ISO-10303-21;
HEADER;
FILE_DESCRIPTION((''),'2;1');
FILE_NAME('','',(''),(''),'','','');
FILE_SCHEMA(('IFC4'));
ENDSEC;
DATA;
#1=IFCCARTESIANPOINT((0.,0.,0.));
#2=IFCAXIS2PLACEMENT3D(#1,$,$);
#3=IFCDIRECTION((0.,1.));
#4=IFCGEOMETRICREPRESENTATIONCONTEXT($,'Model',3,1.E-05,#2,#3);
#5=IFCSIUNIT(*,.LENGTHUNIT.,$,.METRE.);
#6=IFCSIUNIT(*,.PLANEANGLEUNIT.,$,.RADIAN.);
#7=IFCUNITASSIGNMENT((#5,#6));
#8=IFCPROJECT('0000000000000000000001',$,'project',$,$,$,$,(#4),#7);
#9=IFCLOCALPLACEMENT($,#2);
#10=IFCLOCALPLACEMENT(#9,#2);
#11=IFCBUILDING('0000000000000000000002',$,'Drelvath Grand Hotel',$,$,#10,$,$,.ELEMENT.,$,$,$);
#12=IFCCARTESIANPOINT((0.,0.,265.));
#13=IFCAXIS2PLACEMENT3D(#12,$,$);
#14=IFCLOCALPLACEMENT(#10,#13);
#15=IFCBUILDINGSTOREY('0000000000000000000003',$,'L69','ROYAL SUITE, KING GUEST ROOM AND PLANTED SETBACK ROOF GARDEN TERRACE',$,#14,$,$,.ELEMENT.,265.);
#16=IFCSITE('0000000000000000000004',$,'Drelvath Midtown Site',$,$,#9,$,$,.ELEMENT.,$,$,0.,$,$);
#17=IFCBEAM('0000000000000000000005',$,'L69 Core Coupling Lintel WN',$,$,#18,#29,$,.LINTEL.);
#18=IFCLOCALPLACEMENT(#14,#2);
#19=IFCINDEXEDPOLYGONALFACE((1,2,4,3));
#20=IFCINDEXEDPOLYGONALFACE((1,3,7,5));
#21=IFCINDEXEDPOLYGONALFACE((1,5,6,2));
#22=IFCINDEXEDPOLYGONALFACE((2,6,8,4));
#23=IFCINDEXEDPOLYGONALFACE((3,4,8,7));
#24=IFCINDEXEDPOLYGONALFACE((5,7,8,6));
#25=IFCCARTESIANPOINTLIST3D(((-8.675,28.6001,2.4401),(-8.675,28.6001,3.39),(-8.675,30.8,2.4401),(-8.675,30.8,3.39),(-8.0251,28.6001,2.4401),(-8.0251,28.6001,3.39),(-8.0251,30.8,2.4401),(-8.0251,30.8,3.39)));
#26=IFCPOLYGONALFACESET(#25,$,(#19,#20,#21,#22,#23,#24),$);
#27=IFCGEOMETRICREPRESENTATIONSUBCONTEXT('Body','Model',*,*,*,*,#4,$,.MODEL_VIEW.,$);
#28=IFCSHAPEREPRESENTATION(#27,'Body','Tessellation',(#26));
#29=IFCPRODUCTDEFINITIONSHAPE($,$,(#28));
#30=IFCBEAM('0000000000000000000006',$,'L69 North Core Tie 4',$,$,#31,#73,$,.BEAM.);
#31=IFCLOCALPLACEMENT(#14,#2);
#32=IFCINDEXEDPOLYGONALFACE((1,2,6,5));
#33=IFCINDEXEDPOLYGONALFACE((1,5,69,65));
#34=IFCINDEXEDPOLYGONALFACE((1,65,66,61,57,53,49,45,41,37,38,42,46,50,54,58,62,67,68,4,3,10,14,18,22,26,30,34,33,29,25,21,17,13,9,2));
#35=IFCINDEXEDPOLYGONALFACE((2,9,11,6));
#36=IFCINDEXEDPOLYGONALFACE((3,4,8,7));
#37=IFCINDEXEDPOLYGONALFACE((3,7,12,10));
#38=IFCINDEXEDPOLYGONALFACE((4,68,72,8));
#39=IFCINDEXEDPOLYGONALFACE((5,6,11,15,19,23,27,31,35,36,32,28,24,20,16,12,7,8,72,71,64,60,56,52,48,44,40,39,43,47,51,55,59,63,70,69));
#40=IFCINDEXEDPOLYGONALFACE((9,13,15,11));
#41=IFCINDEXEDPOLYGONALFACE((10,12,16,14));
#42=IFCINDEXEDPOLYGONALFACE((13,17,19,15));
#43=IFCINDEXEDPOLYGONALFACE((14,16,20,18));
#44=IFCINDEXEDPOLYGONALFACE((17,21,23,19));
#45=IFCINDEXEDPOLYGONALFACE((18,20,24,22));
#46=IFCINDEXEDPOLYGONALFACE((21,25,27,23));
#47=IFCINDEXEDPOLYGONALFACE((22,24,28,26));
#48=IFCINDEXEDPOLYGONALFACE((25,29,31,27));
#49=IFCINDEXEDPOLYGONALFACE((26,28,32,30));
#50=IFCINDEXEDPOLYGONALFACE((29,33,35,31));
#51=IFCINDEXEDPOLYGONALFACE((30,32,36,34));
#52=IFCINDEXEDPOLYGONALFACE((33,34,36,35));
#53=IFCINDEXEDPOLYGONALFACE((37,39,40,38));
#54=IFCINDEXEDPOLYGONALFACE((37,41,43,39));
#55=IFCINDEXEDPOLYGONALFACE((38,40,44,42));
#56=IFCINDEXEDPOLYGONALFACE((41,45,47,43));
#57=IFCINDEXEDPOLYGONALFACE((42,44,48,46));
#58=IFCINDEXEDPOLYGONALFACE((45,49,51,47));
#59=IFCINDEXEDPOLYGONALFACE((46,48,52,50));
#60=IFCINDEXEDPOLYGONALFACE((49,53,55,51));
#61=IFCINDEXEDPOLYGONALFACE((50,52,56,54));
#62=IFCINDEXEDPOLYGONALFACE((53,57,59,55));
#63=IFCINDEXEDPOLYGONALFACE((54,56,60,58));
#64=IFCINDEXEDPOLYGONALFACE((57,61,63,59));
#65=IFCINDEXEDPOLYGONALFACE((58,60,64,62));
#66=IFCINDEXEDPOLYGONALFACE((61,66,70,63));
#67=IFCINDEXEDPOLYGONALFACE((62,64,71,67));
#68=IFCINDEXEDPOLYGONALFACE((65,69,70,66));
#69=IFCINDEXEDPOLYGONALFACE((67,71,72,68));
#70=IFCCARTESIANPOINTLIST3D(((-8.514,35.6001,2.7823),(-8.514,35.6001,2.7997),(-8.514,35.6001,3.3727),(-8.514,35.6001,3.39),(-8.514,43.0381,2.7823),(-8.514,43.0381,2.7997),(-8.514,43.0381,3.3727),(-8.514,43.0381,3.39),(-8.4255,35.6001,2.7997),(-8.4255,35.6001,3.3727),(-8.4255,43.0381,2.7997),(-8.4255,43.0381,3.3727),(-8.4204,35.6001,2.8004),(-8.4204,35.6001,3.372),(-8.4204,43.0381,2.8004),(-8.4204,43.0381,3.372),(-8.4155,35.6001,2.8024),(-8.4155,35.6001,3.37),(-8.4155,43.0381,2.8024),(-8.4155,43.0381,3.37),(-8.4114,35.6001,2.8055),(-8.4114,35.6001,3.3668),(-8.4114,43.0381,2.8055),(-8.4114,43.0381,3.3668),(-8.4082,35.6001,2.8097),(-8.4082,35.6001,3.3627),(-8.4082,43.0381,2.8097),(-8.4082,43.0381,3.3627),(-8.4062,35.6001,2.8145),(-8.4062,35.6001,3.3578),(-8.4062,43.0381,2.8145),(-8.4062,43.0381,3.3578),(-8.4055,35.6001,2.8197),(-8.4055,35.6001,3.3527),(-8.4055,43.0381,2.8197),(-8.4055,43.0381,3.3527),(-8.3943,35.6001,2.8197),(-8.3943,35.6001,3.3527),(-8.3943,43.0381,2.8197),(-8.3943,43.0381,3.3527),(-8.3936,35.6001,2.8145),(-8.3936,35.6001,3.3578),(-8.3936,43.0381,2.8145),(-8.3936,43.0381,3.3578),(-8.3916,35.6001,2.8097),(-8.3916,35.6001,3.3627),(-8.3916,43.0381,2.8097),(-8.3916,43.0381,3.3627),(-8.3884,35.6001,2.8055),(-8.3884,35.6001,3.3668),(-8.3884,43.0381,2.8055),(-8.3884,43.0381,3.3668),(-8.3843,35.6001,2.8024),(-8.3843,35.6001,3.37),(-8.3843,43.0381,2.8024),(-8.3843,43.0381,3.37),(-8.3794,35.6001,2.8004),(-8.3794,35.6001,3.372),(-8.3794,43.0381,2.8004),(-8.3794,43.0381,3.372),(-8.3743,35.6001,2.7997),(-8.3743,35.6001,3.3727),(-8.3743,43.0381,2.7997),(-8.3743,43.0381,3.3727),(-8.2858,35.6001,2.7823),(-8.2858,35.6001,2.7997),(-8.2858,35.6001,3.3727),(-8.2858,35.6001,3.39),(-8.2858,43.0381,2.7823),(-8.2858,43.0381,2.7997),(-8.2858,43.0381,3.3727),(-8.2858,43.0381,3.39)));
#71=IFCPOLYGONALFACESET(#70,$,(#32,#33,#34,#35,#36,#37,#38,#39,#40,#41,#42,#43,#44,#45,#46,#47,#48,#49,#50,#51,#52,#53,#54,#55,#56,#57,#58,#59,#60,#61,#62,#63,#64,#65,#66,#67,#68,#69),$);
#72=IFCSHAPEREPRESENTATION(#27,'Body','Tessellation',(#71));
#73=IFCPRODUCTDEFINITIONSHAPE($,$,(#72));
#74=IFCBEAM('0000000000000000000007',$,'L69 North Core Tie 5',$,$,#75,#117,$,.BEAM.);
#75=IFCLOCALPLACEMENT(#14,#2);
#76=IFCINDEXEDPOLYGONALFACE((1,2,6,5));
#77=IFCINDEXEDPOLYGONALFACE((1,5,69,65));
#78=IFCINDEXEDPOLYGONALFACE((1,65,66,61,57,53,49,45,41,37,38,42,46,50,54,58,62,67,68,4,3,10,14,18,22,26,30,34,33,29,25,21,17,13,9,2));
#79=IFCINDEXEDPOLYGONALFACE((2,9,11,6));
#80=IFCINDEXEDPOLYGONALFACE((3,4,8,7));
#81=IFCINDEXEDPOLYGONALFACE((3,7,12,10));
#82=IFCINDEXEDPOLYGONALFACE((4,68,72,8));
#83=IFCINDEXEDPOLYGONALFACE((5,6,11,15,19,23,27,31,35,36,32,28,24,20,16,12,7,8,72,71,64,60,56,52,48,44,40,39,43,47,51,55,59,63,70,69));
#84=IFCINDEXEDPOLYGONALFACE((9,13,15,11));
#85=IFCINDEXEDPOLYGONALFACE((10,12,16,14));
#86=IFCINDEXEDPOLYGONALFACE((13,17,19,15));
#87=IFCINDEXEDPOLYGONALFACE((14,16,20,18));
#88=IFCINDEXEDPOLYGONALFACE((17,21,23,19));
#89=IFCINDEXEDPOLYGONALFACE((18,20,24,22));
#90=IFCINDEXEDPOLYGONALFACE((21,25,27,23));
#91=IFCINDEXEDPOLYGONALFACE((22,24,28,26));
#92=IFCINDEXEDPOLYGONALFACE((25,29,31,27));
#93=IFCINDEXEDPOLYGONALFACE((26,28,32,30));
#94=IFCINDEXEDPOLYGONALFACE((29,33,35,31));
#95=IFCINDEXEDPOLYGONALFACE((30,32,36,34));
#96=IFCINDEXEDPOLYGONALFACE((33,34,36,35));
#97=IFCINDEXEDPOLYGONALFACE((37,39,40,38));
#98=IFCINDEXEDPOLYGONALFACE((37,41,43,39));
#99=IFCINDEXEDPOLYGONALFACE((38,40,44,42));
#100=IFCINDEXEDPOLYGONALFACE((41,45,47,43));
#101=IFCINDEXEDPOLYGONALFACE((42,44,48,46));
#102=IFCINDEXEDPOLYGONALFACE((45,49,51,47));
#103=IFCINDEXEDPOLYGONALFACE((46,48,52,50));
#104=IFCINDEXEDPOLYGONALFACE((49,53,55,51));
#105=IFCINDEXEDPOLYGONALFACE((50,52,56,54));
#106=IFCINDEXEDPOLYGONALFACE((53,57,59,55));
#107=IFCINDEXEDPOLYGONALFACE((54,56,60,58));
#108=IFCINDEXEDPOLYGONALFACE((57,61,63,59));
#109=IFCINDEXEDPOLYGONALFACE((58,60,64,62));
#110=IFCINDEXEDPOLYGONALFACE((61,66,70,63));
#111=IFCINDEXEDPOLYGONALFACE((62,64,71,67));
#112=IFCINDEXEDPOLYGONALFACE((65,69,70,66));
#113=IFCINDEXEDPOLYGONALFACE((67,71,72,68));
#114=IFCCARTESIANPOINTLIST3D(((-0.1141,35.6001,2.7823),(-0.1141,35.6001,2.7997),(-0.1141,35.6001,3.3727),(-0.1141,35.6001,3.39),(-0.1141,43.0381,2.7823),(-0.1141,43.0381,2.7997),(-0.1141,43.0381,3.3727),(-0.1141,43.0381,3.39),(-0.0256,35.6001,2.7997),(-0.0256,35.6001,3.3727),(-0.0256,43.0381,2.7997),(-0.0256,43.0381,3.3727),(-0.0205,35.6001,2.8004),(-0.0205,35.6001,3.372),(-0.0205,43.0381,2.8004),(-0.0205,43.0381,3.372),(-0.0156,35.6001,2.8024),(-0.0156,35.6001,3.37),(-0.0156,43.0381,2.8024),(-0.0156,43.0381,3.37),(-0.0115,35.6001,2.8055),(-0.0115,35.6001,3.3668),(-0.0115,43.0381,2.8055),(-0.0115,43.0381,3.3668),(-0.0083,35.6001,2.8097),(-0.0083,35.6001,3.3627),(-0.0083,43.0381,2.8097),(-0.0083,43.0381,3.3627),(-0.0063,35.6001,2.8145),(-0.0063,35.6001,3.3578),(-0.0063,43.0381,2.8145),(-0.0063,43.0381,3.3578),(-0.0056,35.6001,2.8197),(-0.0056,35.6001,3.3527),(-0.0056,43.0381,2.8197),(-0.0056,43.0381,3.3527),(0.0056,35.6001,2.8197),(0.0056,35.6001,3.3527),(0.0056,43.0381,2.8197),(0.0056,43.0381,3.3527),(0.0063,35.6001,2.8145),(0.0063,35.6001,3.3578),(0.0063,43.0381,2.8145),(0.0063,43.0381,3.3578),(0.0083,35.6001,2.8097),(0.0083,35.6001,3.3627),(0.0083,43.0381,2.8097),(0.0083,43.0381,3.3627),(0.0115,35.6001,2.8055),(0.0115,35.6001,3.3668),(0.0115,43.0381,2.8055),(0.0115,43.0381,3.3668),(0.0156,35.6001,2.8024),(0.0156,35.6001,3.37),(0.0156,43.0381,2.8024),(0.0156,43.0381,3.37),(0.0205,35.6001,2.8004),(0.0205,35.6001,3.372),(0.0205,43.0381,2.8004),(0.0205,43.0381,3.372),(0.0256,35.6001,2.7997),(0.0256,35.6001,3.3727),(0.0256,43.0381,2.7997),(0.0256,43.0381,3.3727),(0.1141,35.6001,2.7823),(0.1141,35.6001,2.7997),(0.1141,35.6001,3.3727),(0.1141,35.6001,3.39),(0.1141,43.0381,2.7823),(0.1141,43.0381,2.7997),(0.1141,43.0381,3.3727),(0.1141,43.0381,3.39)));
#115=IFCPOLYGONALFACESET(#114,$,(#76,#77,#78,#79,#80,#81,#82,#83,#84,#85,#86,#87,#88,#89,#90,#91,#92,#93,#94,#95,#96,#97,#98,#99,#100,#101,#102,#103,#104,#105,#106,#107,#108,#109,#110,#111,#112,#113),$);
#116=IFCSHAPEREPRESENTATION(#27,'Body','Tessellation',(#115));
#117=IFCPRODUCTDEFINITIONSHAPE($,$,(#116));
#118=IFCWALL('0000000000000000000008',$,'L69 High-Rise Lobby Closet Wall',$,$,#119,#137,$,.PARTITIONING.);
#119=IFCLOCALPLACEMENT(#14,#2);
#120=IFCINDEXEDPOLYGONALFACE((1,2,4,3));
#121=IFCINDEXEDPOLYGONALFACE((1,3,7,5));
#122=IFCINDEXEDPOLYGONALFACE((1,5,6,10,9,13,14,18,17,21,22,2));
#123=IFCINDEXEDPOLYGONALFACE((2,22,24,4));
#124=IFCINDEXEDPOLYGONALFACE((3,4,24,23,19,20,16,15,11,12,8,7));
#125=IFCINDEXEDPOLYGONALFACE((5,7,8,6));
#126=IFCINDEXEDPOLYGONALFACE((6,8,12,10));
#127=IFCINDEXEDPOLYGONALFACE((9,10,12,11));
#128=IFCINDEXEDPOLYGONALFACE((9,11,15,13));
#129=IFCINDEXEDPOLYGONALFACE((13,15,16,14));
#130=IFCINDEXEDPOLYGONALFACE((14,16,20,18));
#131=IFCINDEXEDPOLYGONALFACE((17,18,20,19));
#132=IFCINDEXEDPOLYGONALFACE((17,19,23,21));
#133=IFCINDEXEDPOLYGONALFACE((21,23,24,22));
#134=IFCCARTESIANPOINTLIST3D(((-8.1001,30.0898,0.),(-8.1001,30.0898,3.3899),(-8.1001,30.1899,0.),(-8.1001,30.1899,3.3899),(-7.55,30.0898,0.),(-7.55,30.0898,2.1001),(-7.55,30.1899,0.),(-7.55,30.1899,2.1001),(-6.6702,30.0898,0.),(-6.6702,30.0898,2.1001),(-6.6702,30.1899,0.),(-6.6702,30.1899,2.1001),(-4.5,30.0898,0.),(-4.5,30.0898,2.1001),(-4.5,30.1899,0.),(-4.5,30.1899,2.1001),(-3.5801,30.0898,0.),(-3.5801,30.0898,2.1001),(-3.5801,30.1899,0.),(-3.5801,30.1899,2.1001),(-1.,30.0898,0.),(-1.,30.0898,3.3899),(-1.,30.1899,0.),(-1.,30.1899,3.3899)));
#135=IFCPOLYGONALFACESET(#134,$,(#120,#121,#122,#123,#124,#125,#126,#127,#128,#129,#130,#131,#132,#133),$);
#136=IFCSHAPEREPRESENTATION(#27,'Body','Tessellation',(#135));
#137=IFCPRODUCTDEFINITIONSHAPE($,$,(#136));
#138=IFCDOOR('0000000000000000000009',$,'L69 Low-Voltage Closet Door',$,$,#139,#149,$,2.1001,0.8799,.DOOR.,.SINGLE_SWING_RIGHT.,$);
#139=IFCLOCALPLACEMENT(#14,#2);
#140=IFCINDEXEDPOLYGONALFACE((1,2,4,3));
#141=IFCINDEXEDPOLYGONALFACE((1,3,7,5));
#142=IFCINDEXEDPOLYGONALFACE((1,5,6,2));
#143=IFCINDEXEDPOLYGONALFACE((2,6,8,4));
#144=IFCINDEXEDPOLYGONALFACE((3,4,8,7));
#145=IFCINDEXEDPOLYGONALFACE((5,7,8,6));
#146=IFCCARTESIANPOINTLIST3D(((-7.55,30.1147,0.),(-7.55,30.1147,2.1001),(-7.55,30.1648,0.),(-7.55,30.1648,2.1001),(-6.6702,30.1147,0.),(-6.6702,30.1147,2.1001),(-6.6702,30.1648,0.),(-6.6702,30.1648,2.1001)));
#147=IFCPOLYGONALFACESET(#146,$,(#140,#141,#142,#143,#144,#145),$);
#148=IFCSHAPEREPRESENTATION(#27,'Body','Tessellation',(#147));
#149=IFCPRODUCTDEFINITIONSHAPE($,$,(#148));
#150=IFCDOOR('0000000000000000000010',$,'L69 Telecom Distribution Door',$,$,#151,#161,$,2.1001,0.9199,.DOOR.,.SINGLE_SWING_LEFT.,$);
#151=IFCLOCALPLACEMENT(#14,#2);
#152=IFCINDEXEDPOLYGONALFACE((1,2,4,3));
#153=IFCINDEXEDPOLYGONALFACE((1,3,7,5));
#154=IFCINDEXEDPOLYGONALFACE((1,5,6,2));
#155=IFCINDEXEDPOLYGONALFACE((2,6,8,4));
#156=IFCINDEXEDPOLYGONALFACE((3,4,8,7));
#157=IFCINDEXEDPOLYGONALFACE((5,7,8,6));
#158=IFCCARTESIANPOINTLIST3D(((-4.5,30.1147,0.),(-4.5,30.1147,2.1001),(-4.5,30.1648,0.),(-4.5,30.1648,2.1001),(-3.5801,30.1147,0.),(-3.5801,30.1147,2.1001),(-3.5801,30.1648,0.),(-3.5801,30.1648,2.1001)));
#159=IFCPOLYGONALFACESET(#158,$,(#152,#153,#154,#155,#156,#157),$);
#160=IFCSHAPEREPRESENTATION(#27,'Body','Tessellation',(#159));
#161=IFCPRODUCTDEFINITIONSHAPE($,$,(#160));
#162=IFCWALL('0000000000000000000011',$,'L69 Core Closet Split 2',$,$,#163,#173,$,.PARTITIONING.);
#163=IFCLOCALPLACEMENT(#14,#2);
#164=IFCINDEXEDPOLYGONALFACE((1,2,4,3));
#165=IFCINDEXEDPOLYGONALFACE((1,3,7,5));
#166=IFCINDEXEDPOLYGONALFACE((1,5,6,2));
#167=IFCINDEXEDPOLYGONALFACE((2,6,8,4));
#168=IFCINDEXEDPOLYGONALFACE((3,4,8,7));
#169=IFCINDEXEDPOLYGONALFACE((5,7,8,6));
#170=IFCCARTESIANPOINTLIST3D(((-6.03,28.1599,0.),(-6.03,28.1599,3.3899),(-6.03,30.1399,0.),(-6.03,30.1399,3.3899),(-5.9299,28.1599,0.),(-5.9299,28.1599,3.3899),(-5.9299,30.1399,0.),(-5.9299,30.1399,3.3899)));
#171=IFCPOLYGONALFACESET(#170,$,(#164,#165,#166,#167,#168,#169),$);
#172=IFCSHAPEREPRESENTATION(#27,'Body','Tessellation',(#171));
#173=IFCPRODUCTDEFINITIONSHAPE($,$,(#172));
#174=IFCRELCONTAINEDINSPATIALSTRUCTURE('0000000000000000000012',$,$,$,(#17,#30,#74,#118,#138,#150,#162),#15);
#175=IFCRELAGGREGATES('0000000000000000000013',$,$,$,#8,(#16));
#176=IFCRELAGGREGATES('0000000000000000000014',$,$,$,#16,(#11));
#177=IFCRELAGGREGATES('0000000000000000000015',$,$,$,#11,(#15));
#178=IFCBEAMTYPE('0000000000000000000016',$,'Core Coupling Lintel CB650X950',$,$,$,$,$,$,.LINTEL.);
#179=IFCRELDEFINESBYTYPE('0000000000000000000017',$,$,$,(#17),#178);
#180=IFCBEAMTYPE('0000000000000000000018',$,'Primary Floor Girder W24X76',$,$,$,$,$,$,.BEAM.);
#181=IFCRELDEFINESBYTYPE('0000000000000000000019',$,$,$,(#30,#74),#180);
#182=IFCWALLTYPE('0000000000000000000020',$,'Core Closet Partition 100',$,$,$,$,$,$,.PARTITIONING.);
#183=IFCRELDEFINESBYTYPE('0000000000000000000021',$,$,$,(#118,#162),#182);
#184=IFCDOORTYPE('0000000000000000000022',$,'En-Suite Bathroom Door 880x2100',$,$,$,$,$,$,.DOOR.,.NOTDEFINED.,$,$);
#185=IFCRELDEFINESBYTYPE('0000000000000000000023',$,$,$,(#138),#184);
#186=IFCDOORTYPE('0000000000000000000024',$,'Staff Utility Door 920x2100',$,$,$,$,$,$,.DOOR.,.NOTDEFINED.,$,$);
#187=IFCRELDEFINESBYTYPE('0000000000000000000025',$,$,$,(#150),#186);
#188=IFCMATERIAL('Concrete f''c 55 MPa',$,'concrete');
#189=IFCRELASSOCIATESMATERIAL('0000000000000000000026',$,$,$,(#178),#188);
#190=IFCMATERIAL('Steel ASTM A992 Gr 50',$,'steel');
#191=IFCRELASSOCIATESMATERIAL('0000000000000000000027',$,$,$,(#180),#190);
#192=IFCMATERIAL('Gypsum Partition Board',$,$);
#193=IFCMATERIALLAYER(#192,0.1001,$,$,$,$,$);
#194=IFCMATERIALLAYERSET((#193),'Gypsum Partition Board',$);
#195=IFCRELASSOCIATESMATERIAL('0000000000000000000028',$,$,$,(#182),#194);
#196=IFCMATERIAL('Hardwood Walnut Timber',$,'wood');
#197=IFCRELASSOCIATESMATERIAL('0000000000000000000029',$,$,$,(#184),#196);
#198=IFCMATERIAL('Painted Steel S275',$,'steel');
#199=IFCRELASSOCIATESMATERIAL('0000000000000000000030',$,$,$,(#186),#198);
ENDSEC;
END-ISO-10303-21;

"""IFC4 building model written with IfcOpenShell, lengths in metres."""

from ifc_helpers import new_model, si_unit, direction, frame, frame_2d, origin, origin_2d, place, context, subcontext, project, spatial, rectangle, i_section, extrude, material, layer, layer_set, material_profile, profile_set, type_object, element, fill, save


model = new_model("IFC4")

# Units and contexts
model_context = context("Model", 3, precision=1e-05, world=origin(), true_north=direction((0.0, 1.0)))
body_context = subcontext(model_context, "Body", "Model", "MODEL_VIEW")
ifc_project = project(units=[si_unit("LENGTHUNIT", "METRE"), si_unit("PLANEANGLEUNIT", "RADIAN")], contexts=[model_context])

# Site, building, storey
site_placement = place(None, origin())
site = spatial("IfcSite", under=ifc_project, at=site_placement, Name="Drelvath Midtown Site", CompositionType="ELEMENT", RefElevation=0.0)
building_placement = place(site_placement, origin())
building = spatial("IfcBuilding", under=site, at=building_placement, Name="Drelvath Grand Hotel", CompositionType="ELEMENT")
storey_placement = place(building_placement, frame((0.0, 0.0, 265.0)))
storey = spatial("IfcBuildingStorey", under=building, at=storey_placement, Name="L69", Description="ROYAL SUITE, KING GUEST ROOM AND PLANTED SETBACK ROOF GARDEN TERRACE", CompositionType="ELEMENT", Elevation=265.0)

# Beams
ifc_material_1 = material(Name="Concrete f'c 55 MPa", Category="concrete")
ifc_material_profile_1 = material_profile(ifc_material_1, rectangle(XDim=0.6499, YDim=0.95, at=origin_2d()), Name="CB650X950")
ifc_profile_set_1 = profile_set([ifc_material_profile_1], Name="Concrete f'c 55 MPa")
beam_type_1 = type_object("IfcBeamType", Name="Core Coupling Lintel CB650X950", PredefinedType="LINTEL", material=ifc_profile_set_1)
beam_placement = place(storey_placement, frame((-8.3501, 28.6001, 2.915), z_axis=(0.0, 1.0, 0.0), x_axis=(-1.0, 0.0, 0.0)))
element("IfcBeam", 1, at=beam_placement, inside=storey, type_object=beam_type_1, Name="L69 Core Coupling Lintel WN", PredefinedType="LINTEL", context=body_context, shape_type="SweptSolid", body=[
    extrude(rectangle(XDim=0.6499, YDim=0.95, at=origin_2d()), origin(), (0.0, 0.0, 1.0), 2.2),
])
ifc_material_2 = material(Name="Steel ASTM A992 Gr 50", Category="steel")
ifc_material_profile_2 = material_profile(ifc_material_2, i_section(OverallWidth=0.2283, OverallDepth=0.6077, WebThickness=0.0112, FlangeThickness=0.0173, FilletRadius=0.02, at=origin_2d()), Name="W24X76")
ifc_profile_set_2 = profile_set([ifc_material_profile_2], Name="Steel ASTM A992 Gr 50")
beam_type_2 = type_object("IfcBeamType", Name="Primary Floor Girder W24X76", PredefinedType="BEAM", material=ifc_profile_set_2)
for number, where, z_axis, x_axis, name in (
    (2, (-8.3999, 35.6001, 3.0862), (0.0, 1.0, 0.0), (-1.0, 0.0, 0.0), "L69 North Core Tie 4"),
    (3, (0.0, 35.6001, 3.0862), (0.0, 1.0, 0.0), (-1.0, 0.0, 0.0), "L69 North Core Tie 5"),
):
    element("IfcBeam", number, at=place(storey_placement, frame(where, z_axis=z_axis, x_axis=x_axis)), inside=storey, type_object=beam_type_2, Name=name, PredefinedType="BEAM", context=body_context, shape_type="SweptSolid", body=[
        extrude(i_section(OverallWidth=0.2283, OverallDepth=0.6077, WebThickness=0.0112, FlangeThickness=0.0173, FilletRadius=0.02, at=origin_2d()), origin(), (0.0, 0.0, 1.0), 7.438),
    ])

# Wall, openings, doors
ifc_material_3 = material(Name="Gypsum Partition Board")
ifc_layer_1 = layer(ifc_material_3, 0.1001)
ifc_layer_set_1 = layer_set([ifc_layer_1], Name="Gypsum Partition Board")
wall_type_1 = type_object("IfcWallType", Name="Core Closet Partition 100", PredefinedType="PARTITIONING", material=ifc_layer_set_1)
wall_1_placement = place(storey_placement, frame((-8.1001, 30.1399, 0.0), z_axis=(0.0, 0.0, 1.0), x_axis=(1.0, 0.0, 0.0)))
wall_1 = element("IfcWall", 4, at=wall_1_placement, inside=storey, type_object=wall_type_1, Name="L69 High-Rise Lobby Closet Wall", PredefinedType="PARTITIONING", context=body_context, shape_type="SweptSolid", body=[
    extrude(rectangle(XDim=7.1001, YDim=0.1001, at=frame_2d((3.55, 0.0))), origin(), (0.0, 0.0, 1.0), 3.3899),
])
opening_1_placement = place(wall_1_placement, frame((0.55, 0.0, 0.0)))
opening_1 = element("IfcOpeningElement", 5, at=opening_1_placement, cuts=wall_1, PredefinedType="OPENING", context=body_context, shape_type="SweptSolid", body=[
    extrude(rectangle(XDim=0.8799, YDim=2.1001, at=frame_2d((0.4399, 1.05))), frame((0.0, 0.0601, 0.0), z_axis=(0.0, -1.0, 0.0), x_axis=(1.0, 0.0, 0.0)), (0.0, 0.0, 1.0), 0.1201),
])
opening_2_placement = place(wall_1_placement, frame((3.6001, 0.0, 0.0)))
opening_2 = element("IfcOpeningElement", 6, at=opening_2_placement, cuts=wall_1, PredefinedType="OPENING", context=body_context, shape_type="SweptSolid", body=[
    extrude(rectangle(XDim=0.9199, YDim=2.1001, at=frame_2d((0.46, 1.05))), frame((0.0, 0.0601, 0.0), z_axis=(0.0, -1.0, 0.0), x_axis=(1.0, 0.0, 0.0)), (0.0, 0.0, 1.0), 0.1201),
])
ifc_material_4 = material(Name="Hardwood Walnut Timber", Category="wood")
door_type_1 = type_object("IfcDoorType", Name="En-Suite Bathroom Door 880x2100", OperationType="NOTDEFINED", PredefinedType="DOOR", material=ifc_material_4)
door_1_placement = place(opening_1_placement, origin())
door_1 = element("IfcDoor", 7, at=door_1_placement, inside=storey, type_object=door_type_1, Name="L69 Low-Voltage Closet Door", OperationType="SINGLE_SWING_RIGHT", OverallHeight=2.1001, OverallWidth=0.8799, PredefinedType="DOOR", context=body_context, shape_type="SweptSolid", body=[
    extrude(rectangle(XDim=0.8799, YDim=2.1001, at=frame_2d((0.4399, 1.05))), frame((0.0, 0.0249, 0.0), z_axis=(0.0, -1.0, 0.0), x_axis=(1.0, 0.0, 0.0)), (0.0, 0.0, 1.0), 0.05),
])
fill(opening_1, door_1)
ifc_material_5 = material(Name="Painted Steel S275", Category="steel")
door_type_2 = type_object("IfcDoorType", Name="Staff Utility Door 920x2100", OperationType="NOTDEFINED", PredefinedType="DOOR", material=ifc_material_5)
door_2_placement = place(opening_2_placement, origin())
door_2 = element("IfcDoor", 8, at=door_2_placement, inside=storey, type_object=door_type_2, Name="L69 Telecom Distribution Door", OperationType="SINGLE_SWING_LEFT", OverallHeight=2.1001, OverallWidth=0.9199, PredefinedType="DOOR", context=body_context, shape_type="SweptSolid", body=[
    extrude(rectangle(XDim=0.9199, YDim=2.1001, at=frame_2d((0.46, 1.05))), frame((0.0, 0.0249, 0.0), z_axis=(0.0, -1.0, 0.0), x_axis=(1.0, 0.0, 0.0)), (0.0, 0.0, 1.0), 0.05),
])
fill(opening_2, door_2)

# Wall
wall_2_placement = place(storey_placement, frame((-5.98, 28.1599, 0.0), z_axis=(0.0, 0.0, 1.0), x_axis=(0.0, 1.0, 0.0)))
element("IfcWall", 9, at=wall_2_placement, inside=storey, type_object=wall_type_1, Name="L69 Core Closet Split 2", PredefinedType="PARTITIONING", context=body_context, shape_type="SweptSolid", body=[
    extrude(rectangle(XDim=1.98, YDim=0.1001, at=frame_2d((0.99, 0.0))), origin(), (0.0, 0.0, 1.0), 3.3899),
])

save(model, "model.ifc")
